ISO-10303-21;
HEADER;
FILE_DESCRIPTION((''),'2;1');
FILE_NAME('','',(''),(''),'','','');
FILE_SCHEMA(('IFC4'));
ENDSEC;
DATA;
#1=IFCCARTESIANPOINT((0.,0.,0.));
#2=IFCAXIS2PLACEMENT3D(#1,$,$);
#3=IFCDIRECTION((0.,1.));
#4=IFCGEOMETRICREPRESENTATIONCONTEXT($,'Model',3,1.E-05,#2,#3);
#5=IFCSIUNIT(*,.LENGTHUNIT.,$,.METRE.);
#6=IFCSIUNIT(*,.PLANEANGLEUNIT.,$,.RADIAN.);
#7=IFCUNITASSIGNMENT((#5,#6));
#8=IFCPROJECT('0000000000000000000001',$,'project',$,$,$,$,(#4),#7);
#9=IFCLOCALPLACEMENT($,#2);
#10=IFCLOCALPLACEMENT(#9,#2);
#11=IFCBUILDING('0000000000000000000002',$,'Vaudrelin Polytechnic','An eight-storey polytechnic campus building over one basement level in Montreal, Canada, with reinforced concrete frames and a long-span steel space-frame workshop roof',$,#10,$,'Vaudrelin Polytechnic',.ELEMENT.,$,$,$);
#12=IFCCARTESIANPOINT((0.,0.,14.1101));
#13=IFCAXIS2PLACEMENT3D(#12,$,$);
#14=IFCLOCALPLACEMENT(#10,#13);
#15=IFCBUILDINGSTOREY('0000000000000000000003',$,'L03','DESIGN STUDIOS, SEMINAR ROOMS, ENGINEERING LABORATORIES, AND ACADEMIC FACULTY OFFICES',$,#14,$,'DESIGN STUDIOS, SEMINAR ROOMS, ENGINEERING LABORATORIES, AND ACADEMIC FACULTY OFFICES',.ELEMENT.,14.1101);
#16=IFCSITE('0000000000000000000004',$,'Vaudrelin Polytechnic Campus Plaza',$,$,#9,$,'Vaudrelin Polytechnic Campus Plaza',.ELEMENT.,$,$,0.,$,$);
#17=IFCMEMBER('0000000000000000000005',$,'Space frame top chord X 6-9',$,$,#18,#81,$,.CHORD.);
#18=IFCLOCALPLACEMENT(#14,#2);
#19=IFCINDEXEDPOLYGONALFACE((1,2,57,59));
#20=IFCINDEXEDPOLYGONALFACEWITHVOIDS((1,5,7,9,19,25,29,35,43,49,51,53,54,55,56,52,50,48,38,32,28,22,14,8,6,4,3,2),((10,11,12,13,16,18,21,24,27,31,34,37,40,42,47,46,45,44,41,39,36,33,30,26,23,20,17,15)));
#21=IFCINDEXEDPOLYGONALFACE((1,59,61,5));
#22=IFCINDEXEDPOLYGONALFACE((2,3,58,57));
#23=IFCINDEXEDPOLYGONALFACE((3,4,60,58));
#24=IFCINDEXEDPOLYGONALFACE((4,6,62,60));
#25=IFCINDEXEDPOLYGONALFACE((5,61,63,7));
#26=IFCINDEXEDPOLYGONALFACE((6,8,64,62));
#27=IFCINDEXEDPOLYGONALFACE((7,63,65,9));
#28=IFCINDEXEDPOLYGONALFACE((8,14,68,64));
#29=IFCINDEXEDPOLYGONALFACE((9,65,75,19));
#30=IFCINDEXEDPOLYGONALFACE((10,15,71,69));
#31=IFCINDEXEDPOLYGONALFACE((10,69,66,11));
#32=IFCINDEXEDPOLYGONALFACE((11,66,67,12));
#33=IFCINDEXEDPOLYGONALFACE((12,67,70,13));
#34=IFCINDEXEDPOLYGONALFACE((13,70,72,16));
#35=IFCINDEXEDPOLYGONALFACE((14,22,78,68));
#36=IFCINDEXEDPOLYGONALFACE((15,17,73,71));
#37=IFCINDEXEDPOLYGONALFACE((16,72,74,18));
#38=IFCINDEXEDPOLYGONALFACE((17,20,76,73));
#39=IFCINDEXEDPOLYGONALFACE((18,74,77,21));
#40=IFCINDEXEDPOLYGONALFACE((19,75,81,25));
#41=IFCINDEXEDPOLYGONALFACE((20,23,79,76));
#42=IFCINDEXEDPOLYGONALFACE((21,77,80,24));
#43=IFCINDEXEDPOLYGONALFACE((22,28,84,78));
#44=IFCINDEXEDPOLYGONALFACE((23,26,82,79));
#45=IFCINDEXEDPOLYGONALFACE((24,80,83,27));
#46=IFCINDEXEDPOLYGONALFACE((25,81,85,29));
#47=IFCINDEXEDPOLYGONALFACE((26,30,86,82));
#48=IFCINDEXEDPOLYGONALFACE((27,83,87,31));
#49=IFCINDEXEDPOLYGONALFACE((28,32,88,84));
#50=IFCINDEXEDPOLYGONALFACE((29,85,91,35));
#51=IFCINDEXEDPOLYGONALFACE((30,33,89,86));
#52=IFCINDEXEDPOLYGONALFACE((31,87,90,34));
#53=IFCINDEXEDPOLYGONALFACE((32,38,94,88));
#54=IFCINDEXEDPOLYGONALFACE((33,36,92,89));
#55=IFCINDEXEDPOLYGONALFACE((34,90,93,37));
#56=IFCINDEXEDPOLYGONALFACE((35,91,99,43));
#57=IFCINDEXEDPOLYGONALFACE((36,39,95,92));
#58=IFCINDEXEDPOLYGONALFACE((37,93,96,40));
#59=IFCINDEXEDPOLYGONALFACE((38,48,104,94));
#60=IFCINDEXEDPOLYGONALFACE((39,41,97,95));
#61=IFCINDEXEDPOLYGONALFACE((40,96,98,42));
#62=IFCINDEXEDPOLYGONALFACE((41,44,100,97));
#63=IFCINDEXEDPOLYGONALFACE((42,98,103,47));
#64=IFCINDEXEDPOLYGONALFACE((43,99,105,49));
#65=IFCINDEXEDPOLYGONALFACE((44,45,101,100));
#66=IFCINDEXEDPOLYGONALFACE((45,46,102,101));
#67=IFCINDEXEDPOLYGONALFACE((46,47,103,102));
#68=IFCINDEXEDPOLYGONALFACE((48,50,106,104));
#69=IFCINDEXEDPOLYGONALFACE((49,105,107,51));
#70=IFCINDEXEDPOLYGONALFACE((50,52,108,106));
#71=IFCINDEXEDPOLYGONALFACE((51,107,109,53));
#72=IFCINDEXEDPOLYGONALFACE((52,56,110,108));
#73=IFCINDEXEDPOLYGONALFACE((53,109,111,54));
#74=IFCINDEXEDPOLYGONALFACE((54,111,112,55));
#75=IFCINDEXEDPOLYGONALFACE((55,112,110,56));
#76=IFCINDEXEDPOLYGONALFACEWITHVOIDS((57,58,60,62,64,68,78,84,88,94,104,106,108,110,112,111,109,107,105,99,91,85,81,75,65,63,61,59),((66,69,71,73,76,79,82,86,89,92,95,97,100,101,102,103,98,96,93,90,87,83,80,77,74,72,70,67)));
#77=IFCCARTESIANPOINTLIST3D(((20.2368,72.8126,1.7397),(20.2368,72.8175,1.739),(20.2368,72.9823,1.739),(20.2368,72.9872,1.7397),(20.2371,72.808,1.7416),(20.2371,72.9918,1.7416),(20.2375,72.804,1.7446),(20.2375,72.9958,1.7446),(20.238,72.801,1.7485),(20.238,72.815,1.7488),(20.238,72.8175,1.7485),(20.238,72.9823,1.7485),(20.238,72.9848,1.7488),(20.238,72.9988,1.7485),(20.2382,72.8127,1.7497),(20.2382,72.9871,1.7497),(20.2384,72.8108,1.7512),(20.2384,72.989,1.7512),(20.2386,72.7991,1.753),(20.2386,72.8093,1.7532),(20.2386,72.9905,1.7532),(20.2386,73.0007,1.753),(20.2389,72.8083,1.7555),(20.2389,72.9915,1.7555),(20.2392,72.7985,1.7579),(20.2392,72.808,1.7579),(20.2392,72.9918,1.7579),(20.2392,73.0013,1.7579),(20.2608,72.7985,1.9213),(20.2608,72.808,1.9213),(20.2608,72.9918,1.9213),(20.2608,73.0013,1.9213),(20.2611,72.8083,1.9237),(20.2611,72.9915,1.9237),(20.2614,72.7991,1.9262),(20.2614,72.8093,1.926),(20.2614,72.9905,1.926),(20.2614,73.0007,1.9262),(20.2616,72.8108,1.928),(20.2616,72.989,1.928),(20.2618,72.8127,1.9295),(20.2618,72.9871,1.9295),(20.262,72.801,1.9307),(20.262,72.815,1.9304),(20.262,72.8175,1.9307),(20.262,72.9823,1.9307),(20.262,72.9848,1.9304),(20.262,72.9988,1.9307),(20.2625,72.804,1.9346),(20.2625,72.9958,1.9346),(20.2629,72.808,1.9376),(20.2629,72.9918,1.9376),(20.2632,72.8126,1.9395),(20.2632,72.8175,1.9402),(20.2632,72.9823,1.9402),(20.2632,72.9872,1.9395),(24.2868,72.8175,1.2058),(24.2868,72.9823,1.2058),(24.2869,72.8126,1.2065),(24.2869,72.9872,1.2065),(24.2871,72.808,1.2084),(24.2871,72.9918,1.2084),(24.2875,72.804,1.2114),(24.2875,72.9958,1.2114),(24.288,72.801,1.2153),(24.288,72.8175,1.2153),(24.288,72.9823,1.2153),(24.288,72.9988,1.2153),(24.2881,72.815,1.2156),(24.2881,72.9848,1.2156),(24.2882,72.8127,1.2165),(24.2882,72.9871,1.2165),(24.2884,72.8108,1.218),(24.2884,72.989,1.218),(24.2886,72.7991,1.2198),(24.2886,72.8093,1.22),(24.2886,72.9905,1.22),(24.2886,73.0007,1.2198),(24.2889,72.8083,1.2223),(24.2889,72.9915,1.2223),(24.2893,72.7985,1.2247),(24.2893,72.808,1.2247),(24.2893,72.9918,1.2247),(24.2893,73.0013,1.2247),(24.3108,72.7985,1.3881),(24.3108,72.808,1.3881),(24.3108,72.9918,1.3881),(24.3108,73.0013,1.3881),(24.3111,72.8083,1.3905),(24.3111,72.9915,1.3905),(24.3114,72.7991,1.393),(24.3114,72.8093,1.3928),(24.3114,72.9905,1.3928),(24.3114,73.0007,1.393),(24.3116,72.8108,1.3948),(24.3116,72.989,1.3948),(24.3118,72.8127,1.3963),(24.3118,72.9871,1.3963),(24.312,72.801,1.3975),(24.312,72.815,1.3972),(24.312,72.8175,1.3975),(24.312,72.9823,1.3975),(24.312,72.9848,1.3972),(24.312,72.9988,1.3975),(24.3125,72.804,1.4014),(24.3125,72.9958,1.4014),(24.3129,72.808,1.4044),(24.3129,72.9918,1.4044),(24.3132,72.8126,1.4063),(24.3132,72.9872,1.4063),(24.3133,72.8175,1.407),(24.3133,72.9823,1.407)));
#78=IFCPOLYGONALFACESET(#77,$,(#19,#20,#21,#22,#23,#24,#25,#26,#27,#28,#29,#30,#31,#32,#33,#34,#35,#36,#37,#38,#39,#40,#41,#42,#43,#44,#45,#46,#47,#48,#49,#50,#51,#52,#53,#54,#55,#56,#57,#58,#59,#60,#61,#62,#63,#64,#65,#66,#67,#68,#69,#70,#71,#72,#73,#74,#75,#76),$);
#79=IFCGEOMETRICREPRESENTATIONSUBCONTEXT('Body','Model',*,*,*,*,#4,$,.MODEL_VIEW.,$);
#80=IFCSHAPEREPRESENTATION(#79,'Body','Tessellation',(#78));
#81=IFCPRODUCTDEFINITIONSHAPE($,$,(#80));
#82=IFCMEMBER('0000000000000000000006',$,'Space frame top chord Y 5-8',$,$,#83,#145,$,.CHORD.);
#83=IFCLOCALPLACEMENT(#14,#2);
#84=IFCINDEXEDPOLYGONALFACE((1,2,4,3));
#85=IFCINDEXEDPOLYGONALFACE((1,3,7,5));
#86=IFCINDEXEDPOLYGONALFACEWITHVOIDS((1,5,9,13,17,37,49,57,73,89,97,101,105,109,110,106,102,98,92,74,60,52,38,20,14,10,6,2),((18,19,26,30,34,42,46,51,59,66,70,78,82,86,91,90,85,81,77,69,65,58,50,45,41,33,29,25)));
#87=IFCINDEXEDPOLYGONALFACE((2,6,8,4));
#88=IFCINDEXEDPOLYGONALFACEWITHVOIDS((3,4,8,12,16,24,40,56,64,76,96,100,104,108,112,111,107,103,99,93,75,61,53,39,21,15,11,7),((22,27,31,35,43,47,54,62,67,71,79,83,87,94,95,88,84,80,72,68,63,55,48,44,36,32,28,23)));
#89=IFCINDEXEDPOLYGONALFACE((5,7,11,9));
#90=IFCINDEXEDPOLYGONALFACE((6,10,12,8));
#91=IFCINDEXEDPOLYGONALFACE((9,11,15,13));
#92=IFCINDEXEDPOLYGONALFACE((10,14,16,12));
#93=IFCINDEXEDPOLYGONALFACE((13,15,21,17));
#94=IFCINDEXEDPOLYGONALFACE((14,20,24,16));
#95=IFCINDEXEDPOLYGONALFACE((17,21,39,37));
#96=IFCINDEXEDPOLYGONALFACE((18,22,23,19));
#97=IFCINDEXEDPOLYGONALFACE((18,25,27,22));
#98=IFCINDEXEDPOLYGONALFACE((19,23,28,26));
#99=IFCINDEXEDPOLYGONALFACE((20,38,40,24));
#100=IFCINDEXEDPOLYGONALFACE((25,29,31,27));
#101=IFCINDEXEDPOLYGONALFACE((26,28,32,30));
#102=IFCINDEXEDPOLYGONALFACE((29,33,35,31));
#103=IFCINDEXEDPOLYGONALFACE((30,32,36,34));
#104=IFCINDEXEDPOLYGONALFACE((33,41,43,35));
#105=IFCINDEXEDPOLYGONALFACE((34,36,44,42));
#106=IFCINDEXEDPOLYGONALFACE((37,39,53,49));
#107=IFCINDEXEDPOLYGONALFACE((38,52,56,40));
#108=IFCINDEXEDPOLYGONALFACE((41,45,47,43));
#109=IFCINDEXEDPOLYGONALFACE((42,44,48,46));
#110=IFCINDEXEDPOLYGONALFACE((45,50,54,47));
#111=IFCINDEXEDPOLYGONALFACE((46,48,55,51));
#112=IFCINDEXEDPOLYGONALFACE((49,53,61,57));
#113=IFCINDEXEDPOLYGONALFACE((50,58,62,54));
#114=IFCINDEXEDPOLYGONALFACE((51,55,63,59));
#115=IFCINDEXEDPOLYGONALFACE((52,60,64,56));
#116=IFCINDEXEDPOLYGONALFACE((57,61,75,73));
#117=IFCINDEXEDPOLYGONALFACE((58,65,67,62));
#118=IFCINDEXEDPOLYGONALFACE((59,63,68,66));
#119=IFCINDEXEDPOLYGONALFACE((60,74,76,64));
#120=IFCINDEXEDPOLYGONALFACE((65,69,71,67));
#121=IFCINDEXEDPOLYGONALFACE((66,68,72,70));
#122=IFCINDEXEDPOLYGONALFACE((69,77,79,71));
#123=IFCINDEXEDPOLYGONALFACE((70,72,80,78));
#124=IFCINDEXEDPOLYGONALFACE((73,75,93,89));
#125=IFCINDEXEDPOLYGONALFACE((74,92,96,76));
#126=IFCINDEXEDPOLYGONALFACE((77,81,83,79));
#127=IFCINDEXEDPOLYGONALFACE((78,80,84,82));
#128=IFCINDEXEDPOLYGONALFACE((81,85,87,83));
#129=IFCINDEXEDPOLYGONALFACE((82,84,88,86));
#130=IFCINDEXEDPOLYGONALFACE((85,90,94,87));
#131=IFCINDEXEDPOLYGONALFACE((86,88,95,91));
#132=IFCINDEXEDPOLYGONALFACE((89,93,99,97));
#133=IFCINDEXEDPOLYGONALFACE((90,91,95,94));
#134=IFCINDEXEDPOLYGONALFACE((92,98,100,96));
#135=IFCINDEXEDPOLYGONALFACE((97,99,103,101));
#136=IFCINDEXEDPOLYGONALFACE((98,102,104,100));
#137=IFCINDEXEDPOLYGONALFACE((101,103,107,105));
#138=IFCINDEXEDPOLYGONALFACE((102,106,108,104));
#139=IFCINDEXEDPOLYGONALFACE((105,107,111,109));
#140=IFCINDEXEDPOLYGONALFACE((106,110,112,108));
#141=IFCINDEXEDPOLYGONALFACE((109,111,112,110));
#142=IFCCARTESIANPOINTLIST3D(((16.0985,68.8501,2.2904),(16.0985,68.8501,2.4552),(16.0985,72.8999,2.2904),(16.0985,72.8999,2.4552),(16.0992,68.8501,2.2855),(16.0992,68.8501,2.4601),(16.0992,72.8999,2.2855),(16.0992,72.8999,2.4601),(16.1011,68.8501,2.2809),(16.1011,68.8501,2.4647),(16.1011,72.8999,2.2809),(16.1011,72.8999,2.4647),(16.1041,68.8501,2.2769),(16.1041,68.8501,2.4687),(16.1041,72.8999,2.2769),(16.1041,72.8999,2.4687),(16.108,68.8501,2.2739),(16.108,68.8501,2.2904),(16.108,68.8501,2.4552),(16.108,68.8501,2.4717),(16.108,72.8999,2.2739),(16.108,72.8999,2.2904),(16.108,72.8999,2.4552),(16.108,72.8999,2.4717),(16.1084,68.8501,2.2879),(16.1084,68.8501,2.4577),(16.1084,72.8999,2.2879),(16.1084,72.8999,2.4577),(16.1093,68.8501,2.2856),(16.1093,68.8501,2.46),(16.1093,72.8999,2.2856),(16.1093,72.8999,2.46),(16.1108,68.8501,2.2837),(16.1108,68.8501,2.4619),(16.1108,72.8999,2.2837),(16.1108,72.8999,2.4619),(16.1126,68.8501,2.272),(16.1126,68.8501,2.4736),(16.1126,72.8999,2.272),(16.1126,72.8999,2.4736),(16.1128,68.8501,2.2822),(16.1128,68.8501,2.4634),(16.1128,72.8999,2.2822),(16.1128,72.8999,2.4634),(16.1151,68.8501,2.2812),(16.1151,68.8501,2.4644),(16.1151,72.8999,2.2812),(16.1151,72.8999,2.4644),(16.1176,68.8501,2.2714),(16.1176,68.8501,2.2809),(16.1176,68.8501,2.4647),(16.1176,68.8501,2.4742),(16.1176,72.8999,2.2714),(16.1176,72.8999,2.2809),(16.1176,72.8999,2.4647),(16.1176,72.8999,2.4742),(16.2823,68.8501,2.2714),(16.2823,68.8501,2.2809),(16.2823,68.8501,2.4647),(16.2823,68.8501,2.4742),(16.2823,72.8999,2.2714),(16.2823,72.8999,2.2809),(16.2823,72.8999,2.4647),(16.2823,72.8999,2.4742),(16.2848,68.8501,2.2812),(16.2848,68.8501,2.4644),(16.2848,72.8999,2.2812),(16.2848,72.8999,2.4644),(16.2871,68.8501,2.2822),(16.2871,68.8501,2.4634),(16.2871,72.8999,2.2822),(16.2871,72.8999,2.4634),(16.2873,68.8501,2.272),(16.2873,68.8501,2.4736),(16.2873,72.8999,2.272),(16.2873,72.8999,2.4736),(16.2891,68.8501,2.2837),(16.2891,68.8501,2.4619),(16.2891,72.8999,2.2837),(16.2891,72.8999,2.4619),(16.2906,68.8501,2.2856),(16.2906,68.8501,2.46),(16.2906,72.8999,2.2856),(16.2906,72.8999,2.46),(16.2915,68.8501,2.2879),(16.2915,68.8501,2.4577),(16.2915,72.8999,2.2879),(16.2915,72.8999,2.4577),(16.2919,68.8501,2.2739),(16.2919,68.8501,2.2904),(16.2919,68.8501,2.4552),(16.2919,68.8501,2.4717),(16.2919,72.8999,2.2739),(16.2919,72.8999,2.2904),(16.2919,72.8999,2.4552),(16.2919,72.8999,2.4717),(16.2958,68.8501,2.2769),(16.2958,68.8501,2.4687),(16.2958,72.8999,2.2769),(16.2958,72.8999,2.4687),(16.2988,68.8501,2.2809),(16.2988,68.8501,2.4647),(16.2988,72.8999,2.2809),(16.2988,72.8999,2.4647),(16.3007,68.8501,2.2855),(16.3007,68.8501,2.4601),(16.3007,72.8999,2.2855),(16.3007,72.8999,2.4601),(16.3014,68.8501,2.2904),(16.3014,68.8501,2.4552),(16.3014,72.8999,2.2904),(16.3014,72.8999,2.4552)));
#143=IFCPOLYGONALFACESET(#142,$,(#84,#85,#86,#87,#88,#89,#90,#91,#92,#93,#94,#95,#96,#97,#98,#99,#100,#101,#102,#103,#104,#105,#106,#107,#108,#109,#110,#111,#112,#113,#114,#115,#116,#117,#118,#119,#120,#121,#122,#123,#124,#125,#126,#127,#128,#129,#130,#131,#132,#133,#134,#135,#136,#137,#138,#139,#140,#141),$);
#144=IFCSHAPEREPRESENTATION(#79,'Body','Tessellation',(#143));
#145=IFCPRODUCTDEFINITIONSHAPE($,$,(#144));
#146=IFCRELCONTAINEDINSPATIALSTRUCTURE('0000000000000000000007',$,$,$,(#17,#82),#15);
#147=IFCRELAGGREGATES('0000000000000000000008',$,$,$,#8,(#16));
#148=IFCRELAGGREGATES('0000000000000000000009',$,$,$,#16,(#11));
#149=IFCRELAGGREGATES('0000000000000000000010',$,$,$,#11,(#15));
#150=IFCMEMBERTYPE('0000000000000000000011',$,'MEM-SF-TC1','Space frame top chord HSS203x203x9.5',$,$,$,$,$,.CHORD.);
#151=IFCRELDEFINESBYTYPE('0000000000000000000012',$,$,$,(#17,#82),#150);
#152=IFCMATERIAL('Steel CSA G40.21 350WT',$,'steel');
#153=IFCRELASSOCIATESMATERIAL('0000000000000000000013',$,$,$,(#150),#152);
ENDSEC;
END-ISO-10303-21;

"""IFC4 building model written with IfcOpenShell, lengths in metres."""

from ifc_helpers import new_model, si_unit, direction, frame, origin, origin_2d, place, context, subcontext, project, spatial, hollow_rectangle, extrude, material, material_profile, profile_set, type_object, element, save


model = new_model("IFC4")

# Units and contexts
model_context = context("Model", 3, precision=1e-05, world=origin(), true_north=direction((0.0, 1.0)))
body_context = subcontext(model_context, "Body", "Model", "MODEL_VIEW")
ifc_project = project(units=[si_unit("LENGTHUNIT", "METRE"), si_unit("PLANEANGLEUNIT", "RADIAN")], contexts=[model_context])

# Site, building, storey
site_placement = place(None, origin())
site = spatial("IfcSite", under=ifc_project, at=site_placement, Name="Vaudrelin Polytechnic Campus Plaza", LongName="Vaudrelin Polytechnic Campus Plaza", CompositionType="ELEMENT", RefElevation=0.0)
building_placement = place(site_placement, origin())
building = spatial("IfcBuilding", under=site, at=building_placement, Name="Vaudrelin Polytechnic", Description="An eight-storey polytechnic campus building over one basement level in Montreal, Canada, with reinforced concrete frames and a long-span steel space-frame workshop roof", LongName="Vaudrelin Polytechnic", CompositionType="ELEMENT")
storey_placement = place(building_placement, frame((0.0, 0.0, 14.1101)))
storey = spatial("IfcBuildingStorey", under=building, at=storey_placement, Name="L03", Description="DESIGN STUDIOS, SEMINAR ROOMS, ENGINEERING LABORATORIES, AND ACADEMIC FACULTY OFFICES", LongName="DESIGN STUDIOS, SEMINAR ROOMS, ENGINEERING LABORATORIES, AND ACADEMIC FACULTY OFFICES", CompositionType="ELEMENT", Elevation=14.1101)

# Members
ifc_material = material(Name="Steel CSA G40.21 350WT", Category="steel")
ifc_material_profile_1 = material_profile(ifc_material, hollow_rectangle(XDim=0.2029, YDim=0.2029, WallThickness=0.0095, InnerFilletRadius=0.0095, OuterFilletRadius=0.019, at=origin_2d()), Name="HSS203x203x9.5")
ifc_profile_set_1 = profile_set([ifc_material_profile_1], Name="Steel CSA G40.21 350WT")
member_type_1 = type_object("IfcMemberType", Name="MEM-SF-TC1", Description="Space frame top chord HSS203x203x9.5", PredefinedType="CHORD", material=ifc_profile_set_1)
for number, where, z_axis, x_axis, name in (
    (1, (20.25, 72.8999, 1.8396), (0.991445, 0.0, -0.130527), (0.0, 1.0, 0.0), "Space frame top chord X 6-9"),
):
    element("IfcMember", number, at=place(storey_placement, frame(where, z_axis=z_axis, x_axis=x_axis)), inside=storey, type_object=member_type_1, Name=name, PredefinedType="CHORD", context=body_context, shape_type="SweptSolid", body=[
        extrude(hollow_rectangle(XDim=0.2029, YDim=0.2029, WallThickness=0.0095, InnerFilletRadius=0.0095, OuterFilletRadius=0.019, at=origin_2d()), origin(), (0.0, 0.0, 1.0), 4.085),
    ])
member_1_placement = place(storey_placement, frame((16.2, 68.8501, 2.3728), z_axis=(0.0, 1.0, 0.0), x_axis=(-1.0, 0.0, 0.0)))
element("IfcMember", 2, at=member_1_placement, inside=storey, type_object=member_type_1, Name="Space frame top chord Y 5-8", PredefinedType="CHORD", context=body_context, shape_type="SweptSolid", body=[
    extrude(hollow_rectangle(XDim=0.2029, YDim=0.2029, WallThickness=0.0095, InnerFilletRadius=0.0095, OuterFilletRadius=0.019, at=origin_2d()), origin(), (0.0, 0.0, 1.0), 4.0498),
])

save(model, "model.ifc")
